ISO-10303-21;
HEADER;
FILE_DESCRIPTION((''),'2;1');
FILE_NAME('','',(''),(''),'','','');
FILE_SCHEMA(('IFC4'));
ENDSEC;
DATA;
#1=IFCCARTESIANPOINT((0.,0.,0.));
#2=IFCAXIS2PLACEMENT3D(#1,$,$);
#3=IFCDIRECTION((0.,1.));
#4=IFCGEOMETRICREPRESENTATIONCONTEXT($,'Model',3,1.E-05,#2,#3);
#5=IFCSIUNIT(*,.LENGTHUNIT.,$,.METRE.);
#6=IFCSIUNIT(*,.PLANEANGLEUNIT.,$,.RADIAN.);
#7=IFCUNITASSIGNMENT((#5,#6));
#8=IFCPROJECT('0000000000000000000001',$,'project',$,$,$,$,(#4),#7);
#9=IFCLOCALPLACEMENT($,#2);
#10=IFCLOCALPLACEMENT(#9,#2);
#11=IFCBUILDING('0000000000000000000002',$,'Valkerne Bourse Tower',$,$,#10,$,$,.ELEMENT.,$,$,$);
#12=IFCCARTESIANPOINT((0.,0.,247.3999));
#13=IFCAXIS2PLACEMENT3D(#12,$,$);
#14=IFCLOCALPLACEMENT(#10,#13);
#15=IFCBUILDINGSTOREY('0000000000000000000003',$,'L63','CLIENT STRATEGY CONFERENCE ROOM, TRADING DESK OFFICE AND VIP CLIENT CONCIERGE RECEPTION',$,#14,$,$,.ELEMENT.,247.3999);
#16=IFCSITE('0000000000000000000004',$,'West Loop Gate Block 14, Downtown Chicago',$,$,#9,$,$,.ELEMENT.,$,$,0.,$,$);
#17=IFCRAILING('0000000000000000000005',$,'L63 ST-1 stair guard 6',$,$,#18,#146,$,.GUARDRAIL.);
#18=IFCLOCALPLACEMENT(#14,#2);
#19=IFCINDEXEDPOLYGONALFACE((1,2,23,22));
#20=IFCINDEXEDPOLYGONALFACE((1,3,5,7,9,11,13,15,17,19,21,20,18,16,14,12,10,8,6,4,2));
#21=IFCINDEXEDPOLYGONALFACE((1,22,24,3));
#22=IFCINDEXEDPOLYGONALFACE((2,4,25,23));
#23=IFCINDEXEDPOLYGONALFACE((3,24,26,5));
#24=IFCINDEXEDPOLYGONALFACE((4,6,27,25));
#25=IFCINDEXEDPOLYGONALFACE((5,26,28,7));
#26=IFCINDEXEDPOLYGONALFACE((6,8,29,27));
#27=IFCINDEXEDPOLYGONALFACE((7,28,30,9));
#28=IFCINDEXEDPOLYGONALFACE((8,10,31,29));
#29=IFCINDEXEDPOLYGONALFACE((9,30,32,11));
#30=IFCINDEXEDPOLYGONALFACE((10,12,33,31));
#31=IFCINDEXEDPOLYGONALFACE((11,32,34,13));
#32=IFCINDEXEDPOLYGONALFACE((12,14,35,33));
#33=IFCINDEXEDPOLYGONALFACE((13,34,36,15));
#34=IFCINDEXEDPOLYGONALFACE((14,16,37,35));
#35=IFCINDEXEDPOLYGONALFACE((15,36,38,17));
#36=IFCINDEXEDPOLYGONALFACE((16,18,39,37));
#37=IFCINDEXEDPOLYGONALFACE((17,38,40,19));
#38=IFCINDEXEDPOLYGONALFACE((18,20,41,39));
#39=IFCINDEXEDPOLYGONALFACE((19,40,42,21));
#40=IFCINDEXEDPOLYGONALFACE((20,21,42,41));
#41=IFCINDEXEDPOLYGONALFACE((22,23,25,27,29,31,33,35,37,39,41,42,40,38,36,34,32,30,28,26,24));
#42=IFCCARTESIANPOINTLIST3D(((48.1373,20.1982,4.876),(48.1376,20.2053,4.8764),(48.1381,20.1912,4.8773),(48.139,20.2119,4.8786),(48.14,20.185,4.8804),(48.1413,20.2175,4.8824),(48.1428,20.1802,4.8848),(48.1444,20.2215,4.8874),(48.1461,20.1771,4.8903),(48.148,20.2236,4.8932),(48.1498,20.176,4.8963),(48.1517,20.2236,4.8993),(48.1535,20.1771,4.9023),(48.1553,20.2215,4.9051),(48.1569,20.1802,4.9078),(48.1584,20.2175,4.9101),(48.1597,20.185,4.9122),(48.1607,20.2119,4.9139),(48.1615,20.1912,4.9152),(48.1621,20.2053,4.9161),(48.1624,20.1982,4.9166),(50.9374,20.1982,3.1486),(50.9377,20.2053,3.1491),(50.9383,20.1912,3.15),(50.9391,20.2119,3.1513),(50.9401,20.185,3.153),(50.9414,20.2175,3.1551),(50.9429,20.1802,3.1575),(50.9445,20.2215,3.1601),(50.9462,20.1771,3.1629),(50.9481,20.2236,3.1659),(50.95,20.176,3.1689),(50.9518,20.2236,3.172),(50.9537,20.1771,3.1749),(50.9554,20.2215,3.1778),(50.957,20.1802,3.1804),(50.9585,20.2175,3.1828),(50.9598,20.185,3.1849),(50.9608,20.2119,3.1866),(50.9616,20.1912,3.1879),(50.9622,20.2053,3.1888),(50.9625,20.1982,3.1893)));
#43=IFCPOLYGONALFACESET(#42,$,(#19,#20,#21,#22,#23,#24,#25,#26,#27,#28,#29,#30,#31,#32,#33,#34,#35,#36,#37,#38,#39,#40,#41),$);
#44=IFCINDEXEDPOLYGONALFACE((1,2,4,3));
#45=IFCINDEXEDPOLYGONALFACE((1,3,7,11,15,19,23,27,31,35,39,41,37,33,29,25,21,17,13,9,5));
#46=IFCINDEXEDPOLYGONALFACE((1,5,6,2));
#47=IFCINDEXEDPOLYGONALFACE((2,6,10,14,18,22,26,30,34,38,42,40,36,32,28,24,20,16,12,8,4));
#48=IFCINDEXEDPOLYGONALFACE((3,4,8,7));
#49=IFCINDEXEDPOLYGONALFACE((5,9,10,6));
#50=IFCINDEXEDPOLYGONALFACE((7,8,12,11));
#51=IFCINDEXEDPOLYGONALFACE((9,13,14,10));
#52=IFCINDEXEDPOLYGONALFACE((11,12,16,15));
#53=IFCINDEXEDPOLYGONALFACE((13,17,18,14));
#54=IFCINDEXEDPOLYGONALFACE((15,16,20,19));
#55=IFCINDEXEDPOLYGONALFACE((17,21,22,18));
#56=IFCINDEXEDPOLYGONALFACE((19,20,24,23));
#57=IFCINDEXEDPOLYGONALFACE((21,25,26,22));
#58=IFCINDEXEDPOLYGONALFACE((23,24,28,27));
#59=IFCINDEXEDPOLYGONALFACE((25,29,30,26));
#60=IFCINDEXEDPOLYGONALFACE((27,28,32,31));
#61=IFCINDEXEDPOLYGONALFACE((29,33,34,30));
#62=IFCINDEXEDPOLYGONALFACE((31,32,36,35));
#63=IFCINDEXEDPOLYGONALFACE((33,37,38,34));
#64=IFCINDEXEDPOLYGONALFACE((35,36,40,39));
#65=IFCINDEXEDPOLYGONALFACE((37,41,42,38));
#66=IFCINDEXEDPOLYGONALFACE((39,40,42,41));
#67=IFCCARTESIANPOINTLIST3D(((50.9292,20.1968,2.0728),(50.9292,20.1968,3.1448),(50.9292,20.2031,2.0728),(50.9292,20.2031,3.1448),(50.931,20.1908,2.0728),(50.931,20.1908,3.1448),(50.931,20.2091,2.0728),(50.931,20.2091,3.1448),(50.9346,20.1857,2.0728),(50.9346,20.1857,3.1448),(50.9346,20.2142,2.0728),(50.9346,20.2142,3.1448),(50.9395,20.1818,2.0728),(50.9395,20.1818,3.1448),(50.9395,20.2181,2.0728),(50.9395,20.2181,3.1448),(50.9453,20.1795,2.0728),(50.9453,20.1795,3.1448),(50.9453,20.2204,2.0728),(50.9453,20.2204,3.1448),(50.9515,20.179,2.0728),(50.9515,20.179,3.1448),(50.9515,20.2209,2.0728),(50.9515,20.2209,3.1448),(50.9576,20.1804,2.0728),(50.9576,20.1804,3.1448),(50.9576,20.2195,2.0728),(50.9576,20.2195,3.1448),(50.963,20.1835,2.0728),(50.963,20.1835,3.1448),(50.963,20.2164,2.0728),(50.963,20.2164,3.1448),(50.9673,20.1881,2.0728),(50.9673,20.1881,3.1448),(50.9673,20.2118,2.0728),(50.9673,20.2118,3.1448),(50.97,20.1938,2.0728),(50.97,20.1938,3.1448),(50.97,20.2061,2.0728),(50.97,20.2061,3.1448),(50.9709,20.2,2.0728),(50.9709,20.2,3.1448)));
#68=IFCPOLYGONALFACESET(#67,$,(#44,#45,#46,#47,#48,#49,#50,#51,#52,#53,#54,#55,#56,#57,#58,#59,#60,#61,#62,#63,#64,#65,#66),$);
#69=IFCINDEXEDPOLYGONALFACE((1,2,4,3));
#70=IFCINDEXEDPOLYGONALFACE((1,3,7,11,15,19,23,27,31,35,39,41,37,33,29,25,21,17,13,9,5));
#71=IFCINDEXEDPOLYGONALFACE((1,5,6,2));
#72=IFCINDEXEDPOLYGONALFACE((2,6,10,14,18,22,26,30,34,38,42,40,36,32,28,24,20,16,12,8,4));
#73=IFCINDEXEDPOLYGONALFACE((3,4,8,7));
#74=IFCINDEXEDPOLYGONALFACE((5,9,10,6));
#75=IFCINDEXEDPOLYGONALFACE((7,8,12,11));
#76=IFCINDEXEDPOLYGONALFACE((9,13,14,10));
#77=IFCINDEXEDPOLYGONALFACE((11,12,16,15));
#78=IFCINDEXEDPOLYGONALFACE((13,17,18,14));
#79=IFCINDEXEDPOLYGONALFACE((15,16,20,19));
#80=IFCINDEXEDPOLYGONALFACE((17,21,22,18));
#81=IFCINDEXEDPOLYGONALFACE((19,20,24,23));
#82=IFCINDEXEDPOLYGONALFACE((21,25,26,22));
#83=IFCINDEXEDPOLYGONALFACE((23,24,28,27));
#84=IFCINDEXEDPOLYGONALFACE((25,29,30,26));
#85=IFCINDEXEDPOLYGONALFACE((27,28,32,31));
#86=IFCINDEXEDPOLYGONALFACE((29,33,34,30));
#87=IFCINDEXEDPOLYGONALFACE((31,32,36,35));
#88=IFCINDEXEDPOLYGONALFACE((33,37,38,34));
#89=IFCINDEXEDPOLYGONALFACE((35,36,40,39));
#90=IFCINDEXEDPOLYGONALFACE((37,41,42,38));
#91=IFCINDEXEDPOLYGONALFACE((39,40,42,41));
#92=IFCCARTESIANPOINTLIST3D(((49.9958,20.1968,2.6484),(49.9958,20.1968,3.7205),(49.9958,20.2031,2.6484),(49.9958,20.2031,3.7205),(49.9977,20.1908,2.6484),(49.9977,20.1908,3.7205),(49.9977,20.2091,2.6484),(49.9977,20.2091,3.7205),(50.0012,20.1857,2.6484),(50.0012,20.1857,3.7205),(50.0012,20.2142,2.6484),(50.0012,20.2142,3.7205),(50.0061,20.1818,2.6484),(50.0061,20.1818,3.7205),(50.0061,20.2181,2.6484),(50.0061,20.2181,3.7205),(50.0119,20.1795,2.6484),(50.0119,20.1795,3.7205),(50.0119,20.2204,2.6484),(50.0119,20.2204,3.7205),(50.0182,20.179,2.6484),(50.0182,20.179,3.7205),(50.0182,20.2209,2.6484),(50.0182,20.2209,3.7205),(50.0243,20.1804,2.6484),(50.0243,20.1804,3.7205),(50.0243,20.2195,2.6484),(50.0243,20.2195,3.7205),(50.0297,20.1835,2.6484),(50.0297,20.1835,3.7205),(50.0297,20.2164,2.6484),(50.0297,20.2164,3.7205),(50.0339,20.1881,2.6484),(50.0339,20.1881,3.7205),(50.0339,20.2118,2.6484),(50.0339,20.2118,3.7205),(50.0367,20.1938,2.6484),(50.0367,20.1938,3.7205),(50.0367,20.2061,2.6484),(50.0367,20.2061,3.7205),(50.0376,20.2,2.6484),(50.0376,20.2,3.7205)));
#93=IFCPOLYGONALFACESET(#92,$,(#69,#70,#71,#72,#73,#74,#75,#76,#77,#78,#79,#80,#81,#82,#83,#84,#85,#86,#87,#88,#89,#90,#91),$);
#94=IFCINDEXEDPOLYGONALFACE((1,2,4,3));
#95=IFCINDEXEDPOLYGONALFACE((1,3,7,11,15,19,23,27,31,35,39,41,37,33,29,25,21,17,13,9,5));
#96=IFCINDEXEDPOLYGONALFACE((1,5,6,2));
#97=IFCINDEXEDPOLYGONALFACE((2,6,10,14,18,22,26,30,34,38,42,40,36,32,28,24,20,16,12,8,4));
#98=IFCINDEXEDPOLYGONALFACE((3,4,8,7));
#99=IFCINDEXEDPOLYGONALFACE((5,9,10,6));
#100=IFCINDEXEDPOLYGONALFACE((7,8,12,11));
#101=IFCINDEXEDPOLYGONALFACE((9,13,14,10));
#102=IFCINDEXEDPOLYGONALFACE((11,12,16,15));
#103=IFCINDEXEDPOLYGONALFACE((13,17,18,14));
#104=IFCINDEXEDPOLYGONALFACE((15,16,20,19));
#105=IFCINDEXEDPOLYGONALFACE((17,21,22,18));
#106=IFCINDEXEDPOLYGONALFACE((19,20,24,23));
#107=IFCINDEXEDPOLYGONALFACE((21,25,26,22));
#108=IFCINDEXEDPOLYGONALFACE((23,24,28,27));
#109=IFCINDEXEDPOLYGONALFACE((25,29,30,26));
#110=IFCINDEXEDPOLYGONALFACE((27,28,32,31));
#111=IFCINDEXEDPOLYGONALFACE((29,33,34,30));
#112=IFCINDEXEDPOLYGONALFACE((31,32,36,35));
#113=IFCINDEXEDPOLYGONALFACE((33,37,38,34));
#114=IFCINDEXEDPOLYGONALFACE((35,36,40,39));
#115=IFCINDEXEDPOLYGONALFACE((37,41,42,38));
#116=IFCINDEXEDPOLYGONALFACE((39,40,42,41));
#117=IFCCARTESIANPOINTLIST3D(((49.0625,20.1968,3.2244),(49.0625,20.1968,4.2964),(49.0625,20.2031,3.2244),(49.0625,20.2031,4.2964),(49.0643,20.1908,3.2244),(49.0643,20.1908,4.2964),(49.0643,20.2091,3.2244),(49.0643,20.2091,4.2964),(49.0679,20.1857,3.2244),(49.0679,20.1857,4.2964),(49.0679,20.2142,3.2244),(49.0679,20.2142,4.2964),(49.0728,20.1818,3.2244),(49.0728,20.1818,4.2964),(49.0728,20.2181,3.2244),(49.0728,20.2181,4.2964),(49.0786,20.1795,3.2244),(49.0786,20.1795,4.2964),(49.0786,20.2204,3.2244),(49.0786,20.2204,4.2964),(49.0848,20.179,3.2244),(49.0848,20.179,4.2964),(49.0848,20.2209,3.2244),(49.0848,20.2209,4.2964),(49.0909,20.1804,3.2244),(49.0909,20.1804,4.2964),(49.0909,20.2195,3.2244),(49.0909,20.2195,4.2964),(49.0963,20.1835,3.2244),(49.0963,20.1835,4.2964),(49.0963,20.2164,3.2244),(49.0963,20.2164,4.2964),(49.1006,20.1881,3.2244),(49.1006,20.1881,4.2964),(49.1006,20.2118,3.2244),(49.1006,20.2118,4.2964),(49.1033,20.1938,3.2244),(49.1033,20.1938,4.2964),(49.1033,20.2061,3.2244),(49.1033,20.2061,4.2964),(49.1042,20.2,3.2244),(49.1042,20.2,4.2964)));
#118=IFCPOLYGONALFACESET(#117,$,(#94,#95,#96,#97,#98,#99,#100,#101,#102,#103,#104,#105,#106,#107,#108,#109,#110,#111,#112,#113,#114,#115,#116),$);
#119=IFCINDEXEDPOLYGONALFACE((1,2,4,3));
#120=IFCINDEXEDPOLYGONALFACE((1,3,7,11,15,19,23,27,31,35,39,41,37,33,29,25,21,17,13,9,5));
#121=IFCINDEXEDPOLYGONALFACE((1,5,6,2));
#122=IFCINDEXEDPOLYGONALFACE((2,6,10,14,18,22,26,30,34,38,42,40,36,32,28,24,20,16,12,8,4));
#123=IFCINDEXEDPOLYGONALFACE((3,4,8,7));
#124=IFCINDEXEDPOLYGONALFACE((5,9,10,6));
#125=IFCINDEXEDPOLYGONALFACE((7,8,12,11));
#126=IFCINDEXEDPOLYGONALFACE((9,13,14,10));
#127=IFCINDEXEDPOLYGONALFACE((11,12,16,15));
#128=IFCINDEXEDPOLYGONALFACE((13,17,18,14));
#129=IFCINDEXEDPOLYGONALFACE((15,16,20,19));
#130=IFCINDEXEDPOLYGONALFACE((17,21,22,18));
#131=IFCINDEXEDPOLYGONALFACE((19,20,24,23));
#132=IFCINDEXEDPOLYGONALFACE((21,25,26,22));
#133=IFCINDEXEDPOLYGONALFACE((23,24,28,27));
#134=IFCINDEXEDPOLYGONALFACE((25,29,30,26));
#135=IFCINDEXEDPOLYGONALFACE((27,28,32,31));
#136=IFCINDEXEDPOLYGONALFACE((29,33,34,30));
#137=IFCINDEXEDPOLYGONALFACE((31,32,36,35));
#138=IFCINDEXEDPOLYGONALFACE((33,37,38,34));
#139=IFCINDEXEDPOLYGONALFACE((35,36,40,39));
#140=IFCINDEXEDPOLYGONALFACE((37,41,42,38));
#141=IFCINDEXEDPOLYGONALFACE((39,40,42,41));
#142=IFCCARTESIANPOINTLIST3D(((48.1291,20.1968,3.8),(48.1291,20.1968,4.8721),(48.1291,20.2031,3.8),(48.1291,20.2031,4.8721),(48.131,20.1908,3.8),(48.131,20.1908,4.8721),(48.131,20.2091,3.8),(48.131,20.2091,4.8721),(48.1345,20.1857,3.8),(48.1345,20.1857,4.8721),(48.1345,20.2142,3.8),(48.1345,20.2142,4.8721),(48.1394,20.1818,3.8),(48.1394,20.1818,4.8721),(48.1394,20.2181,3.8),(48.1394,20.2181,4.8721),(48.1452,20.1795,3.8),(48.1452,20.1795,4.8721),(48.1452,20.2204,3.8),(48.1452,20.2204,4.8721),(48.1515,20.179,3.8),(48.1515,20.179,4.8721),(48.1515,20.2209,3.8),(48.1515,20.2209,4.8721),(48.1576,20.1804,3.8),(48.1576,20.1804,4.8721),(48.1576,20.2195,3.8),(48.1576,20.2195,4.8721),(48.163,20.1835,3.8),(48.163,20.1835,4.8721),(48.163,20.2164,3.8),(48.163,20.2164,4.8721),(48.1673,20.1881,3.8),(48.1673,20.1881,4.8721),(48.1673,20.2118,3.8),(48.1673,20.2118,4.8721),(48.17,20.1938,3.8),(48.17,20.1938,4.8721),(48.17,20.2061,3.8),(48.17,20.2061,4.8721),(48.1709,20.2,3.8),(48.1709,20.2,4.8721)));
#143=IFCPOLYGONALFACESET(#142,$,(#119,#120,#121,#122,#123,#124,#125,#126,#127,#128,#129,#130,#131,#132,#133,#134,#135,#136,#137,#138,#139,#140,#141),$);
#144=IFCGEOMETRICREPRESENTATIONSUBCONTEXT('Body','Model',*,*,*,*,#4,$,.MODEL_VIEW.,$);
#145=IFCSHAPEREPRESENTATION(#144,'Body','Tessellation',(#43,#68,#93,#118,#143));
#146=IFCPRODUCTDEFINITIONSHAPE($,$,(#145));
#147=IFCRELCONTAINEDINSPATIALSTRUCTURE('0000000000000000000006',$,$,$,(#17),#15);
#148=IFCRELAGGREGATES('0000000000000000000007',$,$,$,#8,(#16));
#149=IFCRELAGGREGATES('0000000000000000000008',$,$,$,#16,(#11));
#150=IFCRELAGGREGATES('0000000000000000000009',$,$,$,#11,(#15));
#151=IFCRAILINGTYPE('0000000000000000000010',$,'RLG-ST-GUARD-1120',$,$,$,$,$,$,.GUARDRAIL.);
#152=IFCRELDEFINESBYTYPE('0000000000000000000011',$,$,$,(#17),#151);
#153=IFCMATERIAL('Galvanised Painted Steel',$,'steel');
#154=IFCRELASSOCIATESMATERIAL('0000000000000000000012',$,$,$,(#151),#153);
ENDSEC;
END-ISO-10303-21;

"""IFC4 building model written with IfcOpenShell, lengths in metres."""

from ifc_helpers import new_model, si_unit, direction, frame, origin, origin_2d, place, context, subcontext, project, spatial, circle, extrude, material, type_object, element, save


model = new_model("IFC4")

# Units and contexts
model_context = context("Model", 3, precision=1e-05, world=origin(), true_north=direction((0.0, 1.0)))
body_context = subcontext(model_context, "Body", "Model", "MODEL_VIEW")
ifc_project = project(units=[si_unit("LENGTHUNIT", "METRE"), si_unit("PLANEANGLEUNIT", "RADIAN")], contexts=[model_context])

# Site, building, storey
site_placement = place(None, origin())
site = spatial("IfcSite", under=ifc_project, at=site_placement, Name="West Loop Gate Block 14, Downtown Chicago", CompositionType="ELEMENT", RefElevation=0.0)
building_placement = place(site_placement, origin())
building = spatial("IfcBuilding", under=site, at=building_placement, Name="Valkerne Bourse Tower", CompositionType="ELEMENT")
storey_placement = place(building_placement, frame((0.0, 0.0, 247.3999)))
storey = spatial("IfcBuildingStorey", under=building, at=storey_placement, Name="L63", Description="CLIENT STRATEGY CONFERENCE ROOM, TRADING DESK OFFICE AND VIP CLIENT CONCIERGE RECEPTION", CompositionType="ELEMENT", Elevation=247.3999)

# Shared definitions
ifc_material_1 = material(Name="Galvanised Painted Steel", Category="steel")

# Railing
railing_type_1 = type_object("IfcRailingType", Name="RLG-ST-GUARD-1120", PredefinedType="GUARDRAIL", material=ifc_material_1)
railing_1_placement = place(storey_placement, frame((50.95, 20.2, 2.0728)))
element("IfcRailing", 1, at=railing_1_placement, inside=storey, type_object=railing_type_1, Name="L63 ST-1 stair guard 6", PredefinedType="GUARDRAIL", context=body_context, shape_type="SweptSolid", body=[
    extrude(circle(Radius=0.0239, at=origin_2d()), frame((0.0, 0.0, 1.0962), z_axis=(-0.85109, 0.0, 0.52502), x_axis=(0.0, -1.0, 0.0)), (0.0, 0.0, 1.0), 3.29),
    extrude(circle(Radius=0.021, at=origin_2d()), origin(), (0.0, 0.0, 1.0), 1.072),
    extrude(circle(Radius=0.021, at=origin_2d()), frame((-0.9333, 0.0, 0.5757)), (0.0, 0.0, 1.0), 1.072),
    extrude(circle(Radius=0.021, at=origin_2d()), frame((-1.8667, 0.0, 1.1516)), (0.0, 0.0, 1.0), 1.072),
    extrude(circle(Radius=0.021, at=origin_2d()), frame((-2.8, 0.0, 1.7273)), (0.0, 0.0, 1.0), 1.072),
])

save(model, "model.ifc")
